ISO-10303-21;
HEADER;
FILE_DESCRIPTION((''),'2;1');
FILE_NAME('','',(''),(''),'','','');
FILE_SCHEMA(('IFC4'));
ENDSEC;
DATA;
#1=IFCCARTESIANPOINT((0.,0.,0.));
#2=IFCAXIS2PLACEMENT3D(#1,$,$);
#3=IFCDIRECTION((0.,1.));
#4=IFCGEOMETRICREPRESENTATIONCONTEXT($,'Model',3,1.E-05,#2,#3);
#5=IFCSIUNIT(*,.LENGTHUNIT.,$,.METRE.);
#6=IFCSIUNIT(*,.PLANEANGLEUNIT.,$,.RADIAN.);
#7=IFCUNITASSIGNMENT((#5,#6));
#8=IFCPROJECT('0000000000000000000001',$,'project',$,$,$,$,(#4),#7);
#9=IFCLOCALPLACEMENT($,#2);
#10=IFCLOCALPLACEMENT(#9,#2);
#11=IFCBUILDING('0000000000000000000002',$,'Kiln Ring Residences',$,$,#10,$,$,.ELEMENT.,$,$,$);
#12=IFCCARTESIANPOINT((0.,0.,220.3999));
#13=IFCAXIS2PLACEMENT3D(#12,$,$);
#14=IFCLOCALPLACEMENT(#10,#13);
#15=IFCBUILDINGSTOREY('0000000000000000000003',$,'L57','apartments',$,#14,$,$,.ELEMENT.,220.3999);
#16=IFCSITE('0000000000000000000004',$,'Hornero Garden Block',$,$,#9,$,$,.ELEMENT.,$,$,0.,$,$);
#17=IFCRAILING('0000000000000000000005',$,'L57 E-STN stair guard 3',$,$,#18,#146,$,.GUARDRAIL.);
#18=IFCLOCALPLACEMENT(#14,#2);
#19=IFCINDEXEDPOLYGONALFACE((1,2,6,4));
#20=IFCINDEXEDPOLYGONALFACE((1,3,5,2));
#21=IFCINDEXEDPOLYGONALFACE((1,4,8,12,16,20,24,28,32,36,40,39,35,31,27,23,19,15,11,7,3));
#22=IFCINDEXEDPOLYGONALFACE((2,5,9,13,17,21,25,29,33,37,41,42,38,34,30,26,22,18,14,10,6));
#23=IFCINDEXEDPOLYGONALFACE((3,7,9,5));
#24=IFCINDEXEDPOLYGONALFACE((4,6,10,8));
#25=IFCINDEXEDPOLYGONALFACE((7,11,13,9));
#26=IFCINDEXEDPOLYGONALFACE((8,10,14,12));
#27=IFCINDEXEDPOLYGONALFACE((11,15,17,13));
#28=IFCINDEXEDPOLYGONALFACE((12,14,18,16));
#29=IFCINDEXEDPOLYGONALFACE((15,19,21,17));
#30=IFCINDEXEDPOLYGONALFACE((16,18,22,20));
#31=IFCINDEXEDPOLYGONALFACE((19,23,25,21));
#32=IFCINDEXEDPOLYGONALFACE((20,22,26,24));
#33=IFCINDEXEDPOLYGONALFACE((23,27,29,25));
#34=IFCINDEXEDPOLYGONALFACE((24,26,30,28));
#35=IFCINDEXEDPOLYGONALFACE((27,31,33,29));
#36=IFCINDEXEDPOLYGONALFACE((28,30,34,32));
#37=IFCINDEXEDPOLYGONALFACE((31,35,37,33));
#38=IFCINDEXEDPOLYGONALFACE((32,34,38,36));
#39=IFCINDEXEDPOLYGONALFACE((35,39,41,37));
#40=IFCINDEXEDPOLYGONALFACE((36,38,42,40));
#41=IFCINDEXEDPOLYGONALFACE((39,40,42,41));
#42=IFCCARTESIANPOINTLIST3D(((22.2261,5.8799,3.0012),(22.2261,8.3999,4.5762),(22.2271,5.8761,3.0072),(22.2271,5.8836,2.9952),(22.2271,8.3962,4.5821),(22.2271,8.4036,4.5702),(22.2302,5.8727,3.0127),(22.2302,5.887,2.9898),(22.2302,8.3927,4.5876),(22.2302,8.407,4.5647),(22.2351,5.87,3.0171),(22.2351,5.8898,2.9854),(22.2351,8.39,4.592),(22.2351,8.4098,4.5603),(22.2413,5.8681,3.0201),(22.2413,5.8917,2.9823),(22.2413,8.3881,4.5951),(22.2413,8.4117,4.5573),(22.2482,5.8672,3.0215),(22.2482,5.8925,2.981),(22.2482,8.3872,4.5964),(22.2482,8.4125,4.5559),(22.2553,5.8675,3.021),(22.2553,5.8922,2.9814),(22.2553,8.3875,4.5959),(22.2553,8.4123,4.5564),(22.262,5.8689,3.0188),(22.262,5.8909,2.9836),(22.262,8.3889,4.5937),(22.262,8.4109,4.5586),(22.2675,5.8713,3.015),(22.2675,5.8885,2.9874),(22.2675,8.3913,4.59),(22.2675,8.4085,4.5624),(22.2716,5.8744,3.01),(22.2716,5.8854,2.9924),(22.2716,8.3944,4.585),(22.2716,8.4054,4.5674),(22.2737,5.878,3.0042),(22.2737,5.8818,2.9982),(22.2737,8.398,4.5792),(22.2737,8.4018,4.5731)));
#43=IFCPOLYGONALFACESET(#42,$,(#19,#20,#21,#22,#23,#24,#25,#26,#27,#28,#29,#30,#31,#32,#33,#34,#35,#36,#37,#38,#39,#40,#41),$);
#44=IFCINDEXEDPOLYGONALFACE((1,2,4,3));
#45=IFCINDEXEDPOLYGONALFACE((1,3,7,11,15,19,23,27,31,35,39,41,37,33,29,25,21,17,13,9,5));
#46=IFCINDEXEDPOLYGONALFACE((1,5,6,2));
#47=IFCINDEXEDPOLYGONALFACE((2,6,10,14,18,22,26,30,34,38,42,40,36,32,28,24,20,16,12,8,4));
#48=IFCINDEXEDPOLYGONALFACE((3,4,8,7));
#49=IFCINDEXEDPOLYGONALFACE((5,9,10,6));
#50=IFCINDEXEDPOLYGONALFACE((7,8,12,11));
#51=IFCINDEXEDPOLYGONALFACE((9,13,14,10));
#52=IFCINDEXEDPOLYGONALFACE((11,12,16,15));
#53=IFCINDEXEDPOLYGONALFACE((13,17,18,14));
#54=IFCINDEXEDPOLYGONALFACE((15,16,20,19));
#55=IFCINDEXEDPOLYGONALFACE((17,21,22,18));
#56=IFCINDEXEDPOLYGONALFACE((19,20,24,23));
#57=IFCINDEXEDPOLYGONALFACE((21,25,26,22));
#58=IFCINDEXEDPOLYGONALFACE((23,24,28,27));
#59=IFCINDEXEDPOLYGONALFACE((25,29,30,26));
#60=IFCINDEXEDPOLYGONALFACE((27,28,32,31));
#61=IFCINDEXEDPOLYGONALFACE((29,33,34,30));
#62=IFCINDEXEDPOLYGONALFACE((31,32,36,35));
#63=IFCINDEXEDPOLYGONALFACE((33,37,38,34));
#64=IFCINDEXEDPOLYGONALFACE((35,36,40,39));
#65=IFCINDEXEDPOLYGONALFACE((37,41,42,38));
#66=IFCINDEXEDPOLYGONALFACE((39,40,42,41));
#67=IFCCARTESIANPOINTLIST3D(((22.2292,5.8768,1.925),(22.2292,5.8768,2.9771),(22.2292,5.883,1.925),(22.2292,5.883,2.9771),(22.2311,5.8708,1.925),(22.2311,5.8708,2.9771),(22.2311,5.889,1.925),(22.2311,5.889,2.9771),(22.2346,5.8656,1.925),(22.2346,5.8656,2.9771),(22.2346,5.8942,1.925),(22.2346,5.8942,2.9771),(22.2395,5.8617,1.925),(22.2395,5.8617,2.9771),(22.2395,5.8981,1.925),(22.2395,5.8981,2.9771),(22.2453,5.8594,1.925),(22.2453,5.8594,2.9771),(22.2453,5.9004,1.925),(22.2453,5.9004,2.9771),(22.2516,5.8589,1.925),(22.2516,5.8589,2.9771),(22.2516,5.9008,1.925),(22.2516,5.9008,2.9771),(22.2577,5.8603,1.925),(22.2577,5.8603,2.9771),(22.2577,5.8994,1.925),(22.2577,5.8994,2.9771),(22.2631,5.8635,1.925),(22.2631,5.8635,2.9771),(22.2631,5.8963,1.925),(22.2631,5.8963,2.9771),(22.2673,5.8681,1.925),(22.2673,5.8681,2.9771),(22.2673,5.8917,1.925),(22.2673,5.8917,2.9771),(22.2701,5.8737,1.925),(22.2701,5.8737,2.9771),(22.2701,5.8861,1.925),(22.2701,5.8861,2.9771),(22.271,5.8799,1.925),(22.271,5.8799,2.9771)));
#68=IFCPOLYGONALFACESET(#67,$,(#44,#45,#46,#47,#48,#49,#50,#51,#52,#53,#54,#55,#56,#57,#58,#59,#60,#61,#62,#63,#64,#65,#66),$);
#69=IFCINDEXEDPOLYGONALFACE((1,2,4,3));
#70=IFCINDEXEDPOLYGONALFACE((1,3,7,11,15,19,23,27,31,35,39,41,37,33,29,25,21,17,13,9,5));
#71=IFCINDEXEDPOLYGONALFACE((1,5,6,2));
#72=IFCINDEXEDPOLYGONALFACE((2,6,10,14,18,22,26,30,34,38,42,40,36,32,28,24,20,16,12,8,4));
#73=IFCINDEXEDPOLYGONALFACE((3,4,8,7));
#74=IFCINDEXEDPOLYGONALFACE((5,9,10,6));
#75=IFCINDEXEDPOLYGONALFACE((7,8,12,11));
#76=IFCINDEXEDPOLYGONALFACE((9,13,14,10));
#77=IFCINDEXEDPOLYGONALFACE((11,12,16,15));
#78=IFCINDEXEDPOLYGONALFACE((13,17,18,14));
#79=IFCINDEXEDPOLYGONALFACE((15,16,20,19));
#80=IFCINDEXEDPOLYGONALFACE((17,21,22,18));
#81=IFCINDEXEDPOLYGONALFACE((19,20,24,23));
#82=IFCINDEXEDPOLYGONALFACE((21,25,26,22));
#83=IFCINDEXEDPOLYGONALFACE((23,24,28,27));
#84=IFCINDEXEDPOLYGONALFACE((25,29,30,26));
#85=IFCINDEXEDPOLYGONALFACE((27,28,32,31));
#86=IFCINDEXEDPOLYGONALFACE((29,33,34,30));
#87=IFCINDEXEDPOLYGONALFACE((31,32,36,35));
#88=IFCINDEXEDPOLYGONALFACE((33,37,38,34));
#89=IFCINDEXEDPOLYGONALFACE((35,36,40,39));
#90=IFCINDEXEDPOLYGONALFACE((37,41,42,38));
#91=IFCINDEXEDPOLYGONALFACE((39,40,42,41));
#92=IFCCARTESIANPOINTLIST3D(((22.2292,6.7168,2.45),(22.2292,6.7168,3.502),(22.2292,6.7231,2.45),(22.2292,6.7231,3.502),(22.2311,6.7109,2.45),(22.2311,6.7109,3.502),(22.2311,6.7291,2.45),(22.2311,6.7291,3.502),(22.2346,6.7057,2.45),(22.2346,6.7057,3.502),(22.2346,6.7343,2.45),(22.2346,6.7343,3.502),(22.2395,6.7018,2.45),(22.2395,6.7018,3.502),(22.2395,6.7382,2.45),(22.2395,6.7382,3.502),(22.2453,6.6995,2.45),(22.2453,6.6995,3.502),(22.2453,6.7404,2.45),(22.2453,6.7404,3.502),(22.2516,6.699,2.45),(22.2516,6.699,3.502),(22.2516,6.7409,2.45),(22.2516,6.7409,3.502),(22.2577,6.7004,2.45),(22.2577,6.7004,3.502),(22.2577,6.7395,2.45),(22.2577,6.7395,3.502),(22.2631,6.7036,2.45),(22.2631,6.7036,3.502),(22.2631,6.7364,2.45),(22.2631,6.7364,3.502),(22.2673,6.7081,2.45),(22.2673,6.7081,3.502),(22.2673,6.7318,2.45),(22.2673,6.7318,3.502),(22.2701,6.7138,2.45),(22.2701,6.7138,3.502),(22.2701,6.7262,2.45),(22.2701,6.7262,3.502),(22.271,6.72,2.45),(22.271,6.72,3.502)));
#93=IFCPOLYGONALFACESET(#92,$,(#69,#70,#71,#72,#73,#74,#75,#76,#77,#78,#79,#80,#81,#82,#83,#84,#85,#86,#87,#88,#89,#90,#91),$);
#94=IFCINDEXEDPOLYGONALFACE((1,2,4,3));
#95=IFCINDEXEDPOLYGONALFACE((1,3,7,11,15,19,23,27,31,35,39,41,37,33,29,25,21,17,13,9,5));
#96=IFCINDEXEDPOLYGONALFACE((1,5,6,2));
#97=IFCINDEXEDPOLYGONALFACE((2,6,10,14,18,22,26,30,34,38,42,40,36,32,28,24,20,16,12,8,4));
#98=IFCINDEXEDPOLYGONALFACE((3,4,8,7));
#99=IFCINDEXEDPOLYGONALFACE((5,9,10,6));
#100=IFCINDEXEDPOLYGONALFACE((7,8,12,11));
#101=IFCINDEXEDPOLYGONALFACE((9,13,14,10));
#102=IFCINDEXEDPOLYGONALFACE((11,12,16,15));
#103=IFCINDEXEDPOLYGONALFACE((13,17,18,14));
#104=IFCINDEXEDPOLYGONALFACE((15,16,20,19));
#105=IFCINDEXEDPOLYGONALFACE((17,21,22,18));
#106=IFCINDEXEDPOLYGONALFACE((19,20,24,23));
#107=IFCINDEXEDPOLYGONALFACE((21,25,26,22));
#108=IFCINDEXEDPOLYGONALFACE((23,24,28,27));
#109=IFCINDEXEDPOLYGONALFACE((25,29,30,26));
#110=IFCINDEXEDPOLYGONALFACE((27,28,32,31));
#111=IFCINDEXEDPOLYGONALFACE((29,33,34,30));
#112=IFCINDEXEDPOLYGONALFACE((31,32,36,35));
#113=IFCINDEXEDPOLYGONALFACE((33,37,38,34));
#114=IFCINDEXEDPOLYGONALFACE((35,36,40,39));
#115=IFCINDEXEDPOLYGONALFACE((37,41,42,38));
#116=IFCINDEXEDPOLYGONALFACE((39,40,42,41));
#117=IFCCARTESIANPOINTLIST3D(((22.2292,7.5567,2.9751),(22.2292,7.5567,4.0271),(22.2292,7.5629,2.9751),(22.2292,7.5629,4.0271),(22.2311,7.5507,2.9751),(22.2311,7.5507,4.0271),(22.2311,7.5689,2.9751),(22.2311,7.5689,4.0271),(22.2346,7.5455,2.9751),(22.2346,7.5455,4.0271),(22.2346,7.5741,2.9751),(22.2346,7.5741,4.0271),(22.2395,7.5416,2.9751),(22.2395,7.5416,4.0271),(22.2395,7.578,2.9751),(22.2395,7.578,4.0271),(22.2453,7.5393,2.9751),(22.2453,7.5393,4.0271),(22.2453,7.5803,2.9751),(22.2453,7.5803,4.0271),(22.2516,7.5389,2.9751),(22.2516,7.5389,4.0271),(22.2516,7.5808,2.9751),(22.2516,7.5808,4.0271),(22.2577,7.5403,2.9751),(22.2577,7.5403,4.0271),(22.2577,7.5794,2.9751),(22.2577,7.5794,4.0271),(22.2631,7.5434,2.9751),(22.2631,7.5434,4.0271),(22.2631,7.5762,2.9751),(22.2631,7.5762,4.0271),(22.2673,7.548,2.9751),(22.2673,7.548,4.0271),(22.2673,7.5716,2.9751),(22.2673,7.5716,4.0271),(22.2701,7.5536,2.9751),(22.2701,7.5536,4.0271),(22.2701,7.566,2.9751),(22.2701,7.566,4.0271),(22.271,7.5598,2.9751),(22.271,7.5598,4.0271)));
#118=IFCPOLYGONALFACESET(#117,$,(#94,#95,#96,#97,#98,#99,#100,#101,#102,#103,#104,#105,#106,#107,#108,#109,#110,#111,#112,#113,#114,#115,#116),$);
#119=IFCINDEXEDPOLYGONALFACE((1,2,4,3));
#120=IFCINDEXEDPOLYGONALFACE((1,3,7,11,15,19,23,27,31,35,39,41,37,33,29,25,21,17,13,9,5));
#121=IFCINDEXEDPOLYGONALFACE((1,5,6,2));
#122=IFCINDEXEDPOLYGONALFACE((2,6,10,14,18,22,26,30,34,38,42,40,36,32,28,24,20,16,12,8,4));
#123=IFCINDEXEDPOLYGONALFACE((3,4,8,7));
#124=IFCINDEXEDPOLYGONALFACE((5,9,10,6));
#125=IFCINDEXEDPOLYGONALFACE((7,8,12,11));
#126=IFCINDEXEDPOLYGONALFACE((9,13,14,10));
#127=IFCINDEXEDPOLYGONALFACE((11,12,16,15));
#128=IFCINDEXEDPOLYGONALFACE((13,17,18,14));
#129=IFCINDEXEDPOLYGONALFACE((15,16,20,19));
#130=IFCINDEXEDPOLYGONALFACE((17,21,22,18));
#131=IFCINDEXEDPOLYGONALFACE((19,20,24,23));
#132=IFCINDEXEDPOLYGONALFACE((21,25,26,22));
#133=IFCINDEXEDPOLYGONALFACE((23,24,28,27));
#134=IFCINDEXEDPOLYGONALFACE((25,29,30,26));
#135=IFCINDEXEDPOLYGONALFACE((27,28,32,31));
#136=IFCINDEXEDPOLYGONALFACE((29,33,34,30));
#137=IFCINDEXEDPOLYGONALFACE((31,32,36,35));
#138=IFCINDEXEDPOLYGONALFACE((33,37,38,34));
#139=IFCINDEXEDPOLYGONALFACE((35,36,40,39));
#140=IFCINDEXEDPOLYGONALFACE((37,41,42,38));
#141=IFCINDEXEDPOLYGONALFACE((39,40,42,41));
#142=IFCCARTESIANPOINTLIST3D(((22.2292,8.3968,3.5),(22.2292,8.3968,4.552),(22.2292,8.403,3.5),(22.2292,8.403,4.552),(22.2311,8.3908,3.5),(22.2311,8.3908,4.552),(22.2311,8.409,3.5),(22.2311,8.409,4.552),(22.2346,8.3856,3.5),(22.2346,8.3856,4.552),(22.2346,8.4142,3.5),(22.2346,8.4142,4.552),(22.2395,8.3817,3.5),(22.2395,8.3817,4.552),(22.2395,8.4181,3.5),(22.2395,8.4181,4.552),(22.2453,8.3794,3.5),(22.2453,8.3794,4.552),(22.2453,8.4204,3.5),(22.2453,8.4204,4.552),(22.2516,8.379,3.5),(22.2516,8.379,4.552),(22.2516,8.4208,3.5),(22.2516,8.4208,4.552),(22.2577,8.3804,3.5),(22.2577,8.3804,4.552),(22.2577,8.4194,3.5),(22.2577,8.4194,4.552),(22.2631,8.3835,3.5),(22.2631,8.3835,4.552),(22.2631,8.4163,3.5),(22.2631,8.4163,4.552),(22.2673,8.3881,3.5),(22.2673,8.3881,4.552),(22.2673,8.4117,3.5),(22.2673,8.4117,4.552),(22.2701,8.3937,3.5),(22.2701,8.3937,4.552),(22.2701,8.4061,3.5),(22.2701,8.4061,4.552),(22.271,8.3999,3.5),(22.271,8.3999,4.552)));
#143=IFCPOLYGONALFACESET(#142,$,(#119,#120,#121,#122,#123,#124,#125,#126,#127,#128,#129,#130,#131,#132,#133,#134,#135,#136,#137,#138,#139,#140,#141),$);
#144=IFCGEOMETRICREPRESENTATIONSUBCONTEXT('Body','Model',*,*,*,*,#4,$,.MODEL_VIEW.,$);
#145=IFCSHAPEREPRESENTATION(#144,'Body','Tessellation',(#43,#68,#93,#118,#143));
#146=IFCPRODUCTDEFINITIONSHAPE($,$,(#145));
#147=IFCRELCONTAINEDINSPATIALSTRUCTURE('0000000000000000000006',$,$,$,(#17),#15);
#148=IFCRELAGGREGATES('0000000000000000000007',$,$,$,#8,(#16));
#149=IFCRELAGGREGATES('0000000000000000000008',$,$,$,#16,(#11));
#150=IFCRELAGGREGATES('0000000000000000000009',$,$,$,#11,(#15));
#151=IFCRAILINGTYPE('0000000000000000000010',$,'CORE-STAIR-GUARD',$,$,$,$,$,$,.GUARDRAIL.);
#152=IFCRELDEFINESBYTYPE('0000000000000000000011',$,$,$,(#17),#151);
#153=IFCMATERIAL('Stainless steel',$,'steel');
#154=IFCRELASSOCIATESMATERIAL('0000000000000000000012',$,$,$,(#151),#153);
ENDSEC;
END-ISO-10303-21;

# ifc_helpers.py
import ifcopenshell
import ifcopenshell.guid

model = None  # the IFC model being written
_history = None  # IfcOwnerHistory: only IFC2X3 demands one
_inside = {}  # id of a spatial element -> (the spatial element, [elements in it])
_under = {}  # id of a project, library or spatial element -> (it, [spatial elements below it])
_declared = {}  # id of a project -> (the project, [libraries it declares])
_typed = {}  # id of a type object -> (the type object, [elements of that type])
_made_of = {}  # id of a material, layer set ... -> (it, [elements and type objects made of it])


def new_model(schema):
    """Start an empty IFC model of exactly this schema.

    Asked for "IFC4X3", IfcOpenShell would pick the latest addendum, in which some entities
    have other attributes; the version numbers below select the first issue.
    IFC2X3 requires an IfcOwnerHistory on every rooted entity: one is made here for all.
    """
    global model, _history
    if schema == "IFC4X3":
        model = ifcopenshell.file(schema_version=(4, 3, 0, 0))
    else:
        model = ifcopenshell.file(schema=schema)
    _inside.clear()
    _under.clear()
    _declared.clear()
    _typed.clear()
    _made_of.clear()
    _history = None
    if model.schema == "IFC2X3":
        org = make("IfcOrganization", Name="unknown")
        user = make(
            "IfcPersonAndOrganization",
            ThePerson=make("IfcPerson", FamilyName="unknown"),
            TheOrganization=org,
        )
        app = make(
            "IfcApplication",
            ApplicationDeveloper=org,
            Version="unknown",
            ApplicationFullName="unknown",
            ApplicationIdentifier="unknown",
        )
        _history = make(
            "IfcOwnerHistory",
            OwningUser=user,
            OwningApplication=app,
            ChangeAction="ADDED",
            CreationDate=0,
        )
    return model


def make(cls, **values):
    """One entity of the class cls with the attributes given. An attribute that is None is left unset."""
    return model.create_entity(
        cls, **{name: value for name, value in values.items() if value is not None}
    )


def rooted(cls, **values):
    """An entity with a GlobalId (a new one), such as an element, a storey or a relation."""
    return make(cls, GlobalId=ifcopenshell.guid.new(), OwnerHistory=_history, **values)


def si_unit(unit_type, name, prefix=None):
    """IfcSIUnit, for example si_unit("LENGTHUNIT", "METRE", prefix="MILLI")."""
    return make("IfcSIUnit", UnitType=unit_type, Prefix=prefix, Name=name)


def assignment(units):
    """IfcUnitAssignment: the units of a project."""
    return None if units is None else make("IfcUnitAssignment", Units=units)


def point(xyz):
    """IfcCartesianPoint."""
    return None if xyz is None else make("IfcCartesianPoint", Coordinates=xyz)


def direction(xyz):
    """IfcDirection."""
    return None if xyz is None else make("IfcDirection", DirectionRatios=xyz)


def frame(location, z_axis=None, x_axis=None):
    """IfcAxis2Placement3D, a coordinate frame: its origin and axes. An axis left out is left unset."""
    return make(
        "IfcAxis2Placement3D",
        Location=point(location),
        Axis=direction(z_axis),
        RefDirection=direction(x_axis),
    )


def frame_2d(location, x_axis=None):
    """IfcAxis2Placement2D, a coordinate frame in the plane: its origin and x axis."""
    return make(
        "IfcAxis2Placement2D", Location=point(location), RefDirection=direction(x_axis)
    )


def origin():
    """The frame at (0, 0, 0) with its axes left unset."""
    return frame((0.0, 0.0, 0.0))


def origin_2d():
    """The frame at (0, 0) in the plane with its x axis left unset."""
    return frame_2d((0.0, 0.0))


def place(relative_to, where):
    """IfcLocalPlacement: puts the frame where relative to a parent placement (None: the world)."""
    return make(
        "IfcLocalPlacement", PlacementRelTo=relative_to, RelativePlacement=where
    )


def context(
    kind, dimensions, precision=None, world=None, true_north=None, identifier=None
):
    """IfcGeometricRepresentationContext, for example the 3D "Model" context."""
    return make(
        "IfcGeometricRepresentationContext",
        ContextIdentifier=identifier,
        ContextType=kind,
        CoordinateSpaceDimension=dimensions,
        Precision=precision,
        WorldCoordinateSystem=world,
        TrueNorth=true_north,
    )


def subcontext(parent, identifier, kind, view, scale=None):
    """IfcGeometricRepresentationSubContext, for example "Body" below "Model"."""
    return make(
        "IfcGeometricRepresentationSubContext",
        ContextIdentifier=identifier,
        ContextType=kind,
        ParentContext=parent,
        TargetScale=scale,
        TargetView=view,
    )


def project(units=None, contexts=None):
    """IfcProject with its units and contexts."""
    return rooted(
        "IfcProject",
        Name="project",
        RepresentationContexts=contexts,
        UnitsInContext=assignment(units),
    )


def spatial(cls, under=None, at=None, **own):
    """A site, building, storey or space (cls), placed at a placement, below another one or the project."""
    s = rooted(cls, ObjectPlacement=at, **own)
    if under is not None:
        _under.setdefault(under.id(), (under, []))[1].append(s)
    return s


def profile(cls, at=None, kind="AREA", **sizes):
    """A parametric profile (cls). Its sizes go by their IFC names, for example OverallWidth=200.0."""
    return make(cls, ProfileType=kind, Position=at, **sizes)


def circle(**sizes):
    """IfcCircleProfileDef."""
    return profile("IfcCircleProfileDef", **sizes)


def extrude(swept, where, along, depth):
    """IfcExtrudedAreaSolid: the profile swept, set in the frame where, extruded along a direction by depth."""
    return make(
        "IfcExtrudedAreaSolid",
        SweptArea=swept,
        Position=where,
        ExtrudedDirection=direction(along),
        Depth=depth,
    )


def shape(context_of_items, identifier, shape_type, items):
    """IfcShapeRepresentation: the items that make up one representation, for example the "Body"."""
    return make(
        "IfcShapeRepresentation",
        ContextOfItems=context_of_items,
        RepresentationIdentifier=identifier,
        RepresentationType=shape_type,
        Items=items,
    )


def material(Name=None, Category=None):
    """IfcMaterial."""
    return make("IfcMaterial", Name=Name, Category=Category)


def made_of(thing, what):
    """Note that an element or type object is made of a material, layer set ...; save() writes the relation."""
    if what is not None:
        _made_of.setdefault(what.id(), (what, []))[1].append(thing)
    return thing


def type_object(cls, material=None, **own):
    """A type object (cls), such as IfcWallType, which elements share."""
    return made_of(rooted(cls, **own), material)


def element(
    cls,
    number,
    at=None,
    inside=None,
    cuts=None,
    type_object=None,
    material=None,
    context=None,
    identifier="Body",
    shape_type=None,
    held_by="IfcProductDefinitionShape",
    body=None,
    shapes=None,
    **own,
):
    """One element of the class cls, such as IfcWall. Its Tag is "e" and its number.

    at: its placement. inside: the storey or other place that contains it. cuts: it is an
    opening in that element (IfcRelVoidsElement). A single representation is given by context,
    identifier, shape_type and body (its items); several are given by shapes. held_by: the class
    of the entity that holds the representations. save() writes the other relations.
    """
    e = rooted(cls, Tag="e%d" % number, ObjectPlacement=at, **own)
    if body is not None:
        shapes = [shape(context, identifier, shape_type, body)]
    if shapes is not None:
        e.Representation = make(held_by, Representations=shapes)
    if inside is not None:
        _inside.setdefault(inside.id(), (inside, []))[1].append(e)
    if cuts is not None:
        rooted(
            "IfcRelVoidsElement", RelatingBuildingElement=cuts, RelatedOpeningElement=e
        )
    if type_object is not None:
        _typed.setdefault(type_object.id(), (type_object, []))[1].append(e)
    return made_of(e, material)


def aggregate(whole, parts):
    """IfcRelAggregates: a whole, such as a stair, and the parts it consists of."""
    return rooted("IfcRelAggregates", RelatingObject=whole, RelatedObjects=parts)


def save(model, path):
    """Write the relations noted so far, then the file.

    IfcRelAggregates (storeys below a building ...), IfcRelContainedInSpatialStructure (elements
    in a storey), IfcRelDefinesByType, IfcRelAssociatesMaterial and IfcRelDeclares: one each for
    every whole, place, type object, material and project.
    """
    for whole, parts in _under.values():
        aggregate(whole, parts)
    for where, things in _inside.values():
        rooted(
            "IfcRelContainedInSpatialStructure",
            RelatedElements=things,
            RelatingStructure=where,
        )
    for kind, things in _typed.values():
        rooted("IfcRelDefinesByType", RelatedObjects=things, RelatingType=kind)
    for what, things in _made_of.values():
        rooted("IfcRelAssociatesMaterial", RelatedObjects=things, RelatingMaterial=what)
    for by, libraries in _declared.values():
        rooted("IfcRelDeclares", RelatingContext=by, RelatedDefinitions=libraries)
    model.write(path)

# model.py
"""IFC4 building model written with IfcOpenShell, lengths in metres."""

from ifc_helpers import new_model, si_unit, direction, frame, origin, origin_2d, place, context, subcontext, project, spatial, circle, extrude, material, type_object, element, save


model = new_model("IFC4")

# Units and contexts
model_context = context("Model", 3, precision=1e-05, world=origin(), true_north=direction((0.0, 1.0)))
body_context = subcontext(model_context, "Body", "Model", "MODEL_VIEW")
ifc_project = project(units=[si_unit("LENGTHUNIT", "METRE"), si_unit("PLANEANGLEUNIT", "RADIAN")], contexts=[model_context])

# Site, building, storey
site_placement = place(None, origin())
site = spatial("IfcSite", under=ifc_project, at=site_placement, Name="Hornero Garden Block", CompositionType="ELEMENT", RefElevation=0.0)
building_placement = place(site_placement, origin())
building = spatial("IfcBuilding", under=site, at=building_placement, Name="Kiln Ring Residences", CompositionType="ELEMENT")
storey_placement = place(building_placement, frame((0.0, 0.0, 220.3999)))
storey = spatial("IfcBuildingStorey", under=building, at=storey_placement, Name="L57", Description="apartments", CompositionType="ELEMENT", Elevation=220.3999)

# Railing
ifc_material_1 = material(Name="Stainless steel", Category="steel")
railing_type_1 = type_object("IfcRailingType", Name="CORE-STAIR-GUARD", PredefinedType="GUARDRAIL", material=ifc_material_1)
railing_1_placement = place(storey_placement, frame((22.25, 5.8799, 1.925)))
element("IfcRailing", 1, at=railing_1_placement, inside=storey, type_object=railing_type_1, Name="L57 E-STN stair guard 3", PredefinedType="GUARDRAIL", context=body_context, shape_type="SweptSolid", body=[
    extrude(circle(Radius=0.0239, at=origin_2d()), frame((0.0, 0.0, 1.0762), z_axis=(0.0, 0.848008, 0.529984), x_axis=(-1.0, 0.0, 0.0)), (0.0, 0.0, 1.0), 2.9717),
    extrude(circle(Radius=0.021, at=origin_2d()), origin(), (0.0, 0.0, 1.0), 1.052),
    extrude(circle(Radius=0.021, at=origin_2d()), frame((0.0, 0.8401, 0.5249)), (0.0, 0.0, 1.0), 1.052),
    extrude(circle(Radius=0.021, at=origin_2d()), frame((0.0, 1.6799, 1.05)), (0.0, 0.0, 1.0), 1.052),
    extrude(circle(Radius=0.021, at=origin_2d()), frame((0.0, 2.52, 1.575)), (0.0, 0.0, 1.0), 1.052),
])

save(model, "model.ifc")
